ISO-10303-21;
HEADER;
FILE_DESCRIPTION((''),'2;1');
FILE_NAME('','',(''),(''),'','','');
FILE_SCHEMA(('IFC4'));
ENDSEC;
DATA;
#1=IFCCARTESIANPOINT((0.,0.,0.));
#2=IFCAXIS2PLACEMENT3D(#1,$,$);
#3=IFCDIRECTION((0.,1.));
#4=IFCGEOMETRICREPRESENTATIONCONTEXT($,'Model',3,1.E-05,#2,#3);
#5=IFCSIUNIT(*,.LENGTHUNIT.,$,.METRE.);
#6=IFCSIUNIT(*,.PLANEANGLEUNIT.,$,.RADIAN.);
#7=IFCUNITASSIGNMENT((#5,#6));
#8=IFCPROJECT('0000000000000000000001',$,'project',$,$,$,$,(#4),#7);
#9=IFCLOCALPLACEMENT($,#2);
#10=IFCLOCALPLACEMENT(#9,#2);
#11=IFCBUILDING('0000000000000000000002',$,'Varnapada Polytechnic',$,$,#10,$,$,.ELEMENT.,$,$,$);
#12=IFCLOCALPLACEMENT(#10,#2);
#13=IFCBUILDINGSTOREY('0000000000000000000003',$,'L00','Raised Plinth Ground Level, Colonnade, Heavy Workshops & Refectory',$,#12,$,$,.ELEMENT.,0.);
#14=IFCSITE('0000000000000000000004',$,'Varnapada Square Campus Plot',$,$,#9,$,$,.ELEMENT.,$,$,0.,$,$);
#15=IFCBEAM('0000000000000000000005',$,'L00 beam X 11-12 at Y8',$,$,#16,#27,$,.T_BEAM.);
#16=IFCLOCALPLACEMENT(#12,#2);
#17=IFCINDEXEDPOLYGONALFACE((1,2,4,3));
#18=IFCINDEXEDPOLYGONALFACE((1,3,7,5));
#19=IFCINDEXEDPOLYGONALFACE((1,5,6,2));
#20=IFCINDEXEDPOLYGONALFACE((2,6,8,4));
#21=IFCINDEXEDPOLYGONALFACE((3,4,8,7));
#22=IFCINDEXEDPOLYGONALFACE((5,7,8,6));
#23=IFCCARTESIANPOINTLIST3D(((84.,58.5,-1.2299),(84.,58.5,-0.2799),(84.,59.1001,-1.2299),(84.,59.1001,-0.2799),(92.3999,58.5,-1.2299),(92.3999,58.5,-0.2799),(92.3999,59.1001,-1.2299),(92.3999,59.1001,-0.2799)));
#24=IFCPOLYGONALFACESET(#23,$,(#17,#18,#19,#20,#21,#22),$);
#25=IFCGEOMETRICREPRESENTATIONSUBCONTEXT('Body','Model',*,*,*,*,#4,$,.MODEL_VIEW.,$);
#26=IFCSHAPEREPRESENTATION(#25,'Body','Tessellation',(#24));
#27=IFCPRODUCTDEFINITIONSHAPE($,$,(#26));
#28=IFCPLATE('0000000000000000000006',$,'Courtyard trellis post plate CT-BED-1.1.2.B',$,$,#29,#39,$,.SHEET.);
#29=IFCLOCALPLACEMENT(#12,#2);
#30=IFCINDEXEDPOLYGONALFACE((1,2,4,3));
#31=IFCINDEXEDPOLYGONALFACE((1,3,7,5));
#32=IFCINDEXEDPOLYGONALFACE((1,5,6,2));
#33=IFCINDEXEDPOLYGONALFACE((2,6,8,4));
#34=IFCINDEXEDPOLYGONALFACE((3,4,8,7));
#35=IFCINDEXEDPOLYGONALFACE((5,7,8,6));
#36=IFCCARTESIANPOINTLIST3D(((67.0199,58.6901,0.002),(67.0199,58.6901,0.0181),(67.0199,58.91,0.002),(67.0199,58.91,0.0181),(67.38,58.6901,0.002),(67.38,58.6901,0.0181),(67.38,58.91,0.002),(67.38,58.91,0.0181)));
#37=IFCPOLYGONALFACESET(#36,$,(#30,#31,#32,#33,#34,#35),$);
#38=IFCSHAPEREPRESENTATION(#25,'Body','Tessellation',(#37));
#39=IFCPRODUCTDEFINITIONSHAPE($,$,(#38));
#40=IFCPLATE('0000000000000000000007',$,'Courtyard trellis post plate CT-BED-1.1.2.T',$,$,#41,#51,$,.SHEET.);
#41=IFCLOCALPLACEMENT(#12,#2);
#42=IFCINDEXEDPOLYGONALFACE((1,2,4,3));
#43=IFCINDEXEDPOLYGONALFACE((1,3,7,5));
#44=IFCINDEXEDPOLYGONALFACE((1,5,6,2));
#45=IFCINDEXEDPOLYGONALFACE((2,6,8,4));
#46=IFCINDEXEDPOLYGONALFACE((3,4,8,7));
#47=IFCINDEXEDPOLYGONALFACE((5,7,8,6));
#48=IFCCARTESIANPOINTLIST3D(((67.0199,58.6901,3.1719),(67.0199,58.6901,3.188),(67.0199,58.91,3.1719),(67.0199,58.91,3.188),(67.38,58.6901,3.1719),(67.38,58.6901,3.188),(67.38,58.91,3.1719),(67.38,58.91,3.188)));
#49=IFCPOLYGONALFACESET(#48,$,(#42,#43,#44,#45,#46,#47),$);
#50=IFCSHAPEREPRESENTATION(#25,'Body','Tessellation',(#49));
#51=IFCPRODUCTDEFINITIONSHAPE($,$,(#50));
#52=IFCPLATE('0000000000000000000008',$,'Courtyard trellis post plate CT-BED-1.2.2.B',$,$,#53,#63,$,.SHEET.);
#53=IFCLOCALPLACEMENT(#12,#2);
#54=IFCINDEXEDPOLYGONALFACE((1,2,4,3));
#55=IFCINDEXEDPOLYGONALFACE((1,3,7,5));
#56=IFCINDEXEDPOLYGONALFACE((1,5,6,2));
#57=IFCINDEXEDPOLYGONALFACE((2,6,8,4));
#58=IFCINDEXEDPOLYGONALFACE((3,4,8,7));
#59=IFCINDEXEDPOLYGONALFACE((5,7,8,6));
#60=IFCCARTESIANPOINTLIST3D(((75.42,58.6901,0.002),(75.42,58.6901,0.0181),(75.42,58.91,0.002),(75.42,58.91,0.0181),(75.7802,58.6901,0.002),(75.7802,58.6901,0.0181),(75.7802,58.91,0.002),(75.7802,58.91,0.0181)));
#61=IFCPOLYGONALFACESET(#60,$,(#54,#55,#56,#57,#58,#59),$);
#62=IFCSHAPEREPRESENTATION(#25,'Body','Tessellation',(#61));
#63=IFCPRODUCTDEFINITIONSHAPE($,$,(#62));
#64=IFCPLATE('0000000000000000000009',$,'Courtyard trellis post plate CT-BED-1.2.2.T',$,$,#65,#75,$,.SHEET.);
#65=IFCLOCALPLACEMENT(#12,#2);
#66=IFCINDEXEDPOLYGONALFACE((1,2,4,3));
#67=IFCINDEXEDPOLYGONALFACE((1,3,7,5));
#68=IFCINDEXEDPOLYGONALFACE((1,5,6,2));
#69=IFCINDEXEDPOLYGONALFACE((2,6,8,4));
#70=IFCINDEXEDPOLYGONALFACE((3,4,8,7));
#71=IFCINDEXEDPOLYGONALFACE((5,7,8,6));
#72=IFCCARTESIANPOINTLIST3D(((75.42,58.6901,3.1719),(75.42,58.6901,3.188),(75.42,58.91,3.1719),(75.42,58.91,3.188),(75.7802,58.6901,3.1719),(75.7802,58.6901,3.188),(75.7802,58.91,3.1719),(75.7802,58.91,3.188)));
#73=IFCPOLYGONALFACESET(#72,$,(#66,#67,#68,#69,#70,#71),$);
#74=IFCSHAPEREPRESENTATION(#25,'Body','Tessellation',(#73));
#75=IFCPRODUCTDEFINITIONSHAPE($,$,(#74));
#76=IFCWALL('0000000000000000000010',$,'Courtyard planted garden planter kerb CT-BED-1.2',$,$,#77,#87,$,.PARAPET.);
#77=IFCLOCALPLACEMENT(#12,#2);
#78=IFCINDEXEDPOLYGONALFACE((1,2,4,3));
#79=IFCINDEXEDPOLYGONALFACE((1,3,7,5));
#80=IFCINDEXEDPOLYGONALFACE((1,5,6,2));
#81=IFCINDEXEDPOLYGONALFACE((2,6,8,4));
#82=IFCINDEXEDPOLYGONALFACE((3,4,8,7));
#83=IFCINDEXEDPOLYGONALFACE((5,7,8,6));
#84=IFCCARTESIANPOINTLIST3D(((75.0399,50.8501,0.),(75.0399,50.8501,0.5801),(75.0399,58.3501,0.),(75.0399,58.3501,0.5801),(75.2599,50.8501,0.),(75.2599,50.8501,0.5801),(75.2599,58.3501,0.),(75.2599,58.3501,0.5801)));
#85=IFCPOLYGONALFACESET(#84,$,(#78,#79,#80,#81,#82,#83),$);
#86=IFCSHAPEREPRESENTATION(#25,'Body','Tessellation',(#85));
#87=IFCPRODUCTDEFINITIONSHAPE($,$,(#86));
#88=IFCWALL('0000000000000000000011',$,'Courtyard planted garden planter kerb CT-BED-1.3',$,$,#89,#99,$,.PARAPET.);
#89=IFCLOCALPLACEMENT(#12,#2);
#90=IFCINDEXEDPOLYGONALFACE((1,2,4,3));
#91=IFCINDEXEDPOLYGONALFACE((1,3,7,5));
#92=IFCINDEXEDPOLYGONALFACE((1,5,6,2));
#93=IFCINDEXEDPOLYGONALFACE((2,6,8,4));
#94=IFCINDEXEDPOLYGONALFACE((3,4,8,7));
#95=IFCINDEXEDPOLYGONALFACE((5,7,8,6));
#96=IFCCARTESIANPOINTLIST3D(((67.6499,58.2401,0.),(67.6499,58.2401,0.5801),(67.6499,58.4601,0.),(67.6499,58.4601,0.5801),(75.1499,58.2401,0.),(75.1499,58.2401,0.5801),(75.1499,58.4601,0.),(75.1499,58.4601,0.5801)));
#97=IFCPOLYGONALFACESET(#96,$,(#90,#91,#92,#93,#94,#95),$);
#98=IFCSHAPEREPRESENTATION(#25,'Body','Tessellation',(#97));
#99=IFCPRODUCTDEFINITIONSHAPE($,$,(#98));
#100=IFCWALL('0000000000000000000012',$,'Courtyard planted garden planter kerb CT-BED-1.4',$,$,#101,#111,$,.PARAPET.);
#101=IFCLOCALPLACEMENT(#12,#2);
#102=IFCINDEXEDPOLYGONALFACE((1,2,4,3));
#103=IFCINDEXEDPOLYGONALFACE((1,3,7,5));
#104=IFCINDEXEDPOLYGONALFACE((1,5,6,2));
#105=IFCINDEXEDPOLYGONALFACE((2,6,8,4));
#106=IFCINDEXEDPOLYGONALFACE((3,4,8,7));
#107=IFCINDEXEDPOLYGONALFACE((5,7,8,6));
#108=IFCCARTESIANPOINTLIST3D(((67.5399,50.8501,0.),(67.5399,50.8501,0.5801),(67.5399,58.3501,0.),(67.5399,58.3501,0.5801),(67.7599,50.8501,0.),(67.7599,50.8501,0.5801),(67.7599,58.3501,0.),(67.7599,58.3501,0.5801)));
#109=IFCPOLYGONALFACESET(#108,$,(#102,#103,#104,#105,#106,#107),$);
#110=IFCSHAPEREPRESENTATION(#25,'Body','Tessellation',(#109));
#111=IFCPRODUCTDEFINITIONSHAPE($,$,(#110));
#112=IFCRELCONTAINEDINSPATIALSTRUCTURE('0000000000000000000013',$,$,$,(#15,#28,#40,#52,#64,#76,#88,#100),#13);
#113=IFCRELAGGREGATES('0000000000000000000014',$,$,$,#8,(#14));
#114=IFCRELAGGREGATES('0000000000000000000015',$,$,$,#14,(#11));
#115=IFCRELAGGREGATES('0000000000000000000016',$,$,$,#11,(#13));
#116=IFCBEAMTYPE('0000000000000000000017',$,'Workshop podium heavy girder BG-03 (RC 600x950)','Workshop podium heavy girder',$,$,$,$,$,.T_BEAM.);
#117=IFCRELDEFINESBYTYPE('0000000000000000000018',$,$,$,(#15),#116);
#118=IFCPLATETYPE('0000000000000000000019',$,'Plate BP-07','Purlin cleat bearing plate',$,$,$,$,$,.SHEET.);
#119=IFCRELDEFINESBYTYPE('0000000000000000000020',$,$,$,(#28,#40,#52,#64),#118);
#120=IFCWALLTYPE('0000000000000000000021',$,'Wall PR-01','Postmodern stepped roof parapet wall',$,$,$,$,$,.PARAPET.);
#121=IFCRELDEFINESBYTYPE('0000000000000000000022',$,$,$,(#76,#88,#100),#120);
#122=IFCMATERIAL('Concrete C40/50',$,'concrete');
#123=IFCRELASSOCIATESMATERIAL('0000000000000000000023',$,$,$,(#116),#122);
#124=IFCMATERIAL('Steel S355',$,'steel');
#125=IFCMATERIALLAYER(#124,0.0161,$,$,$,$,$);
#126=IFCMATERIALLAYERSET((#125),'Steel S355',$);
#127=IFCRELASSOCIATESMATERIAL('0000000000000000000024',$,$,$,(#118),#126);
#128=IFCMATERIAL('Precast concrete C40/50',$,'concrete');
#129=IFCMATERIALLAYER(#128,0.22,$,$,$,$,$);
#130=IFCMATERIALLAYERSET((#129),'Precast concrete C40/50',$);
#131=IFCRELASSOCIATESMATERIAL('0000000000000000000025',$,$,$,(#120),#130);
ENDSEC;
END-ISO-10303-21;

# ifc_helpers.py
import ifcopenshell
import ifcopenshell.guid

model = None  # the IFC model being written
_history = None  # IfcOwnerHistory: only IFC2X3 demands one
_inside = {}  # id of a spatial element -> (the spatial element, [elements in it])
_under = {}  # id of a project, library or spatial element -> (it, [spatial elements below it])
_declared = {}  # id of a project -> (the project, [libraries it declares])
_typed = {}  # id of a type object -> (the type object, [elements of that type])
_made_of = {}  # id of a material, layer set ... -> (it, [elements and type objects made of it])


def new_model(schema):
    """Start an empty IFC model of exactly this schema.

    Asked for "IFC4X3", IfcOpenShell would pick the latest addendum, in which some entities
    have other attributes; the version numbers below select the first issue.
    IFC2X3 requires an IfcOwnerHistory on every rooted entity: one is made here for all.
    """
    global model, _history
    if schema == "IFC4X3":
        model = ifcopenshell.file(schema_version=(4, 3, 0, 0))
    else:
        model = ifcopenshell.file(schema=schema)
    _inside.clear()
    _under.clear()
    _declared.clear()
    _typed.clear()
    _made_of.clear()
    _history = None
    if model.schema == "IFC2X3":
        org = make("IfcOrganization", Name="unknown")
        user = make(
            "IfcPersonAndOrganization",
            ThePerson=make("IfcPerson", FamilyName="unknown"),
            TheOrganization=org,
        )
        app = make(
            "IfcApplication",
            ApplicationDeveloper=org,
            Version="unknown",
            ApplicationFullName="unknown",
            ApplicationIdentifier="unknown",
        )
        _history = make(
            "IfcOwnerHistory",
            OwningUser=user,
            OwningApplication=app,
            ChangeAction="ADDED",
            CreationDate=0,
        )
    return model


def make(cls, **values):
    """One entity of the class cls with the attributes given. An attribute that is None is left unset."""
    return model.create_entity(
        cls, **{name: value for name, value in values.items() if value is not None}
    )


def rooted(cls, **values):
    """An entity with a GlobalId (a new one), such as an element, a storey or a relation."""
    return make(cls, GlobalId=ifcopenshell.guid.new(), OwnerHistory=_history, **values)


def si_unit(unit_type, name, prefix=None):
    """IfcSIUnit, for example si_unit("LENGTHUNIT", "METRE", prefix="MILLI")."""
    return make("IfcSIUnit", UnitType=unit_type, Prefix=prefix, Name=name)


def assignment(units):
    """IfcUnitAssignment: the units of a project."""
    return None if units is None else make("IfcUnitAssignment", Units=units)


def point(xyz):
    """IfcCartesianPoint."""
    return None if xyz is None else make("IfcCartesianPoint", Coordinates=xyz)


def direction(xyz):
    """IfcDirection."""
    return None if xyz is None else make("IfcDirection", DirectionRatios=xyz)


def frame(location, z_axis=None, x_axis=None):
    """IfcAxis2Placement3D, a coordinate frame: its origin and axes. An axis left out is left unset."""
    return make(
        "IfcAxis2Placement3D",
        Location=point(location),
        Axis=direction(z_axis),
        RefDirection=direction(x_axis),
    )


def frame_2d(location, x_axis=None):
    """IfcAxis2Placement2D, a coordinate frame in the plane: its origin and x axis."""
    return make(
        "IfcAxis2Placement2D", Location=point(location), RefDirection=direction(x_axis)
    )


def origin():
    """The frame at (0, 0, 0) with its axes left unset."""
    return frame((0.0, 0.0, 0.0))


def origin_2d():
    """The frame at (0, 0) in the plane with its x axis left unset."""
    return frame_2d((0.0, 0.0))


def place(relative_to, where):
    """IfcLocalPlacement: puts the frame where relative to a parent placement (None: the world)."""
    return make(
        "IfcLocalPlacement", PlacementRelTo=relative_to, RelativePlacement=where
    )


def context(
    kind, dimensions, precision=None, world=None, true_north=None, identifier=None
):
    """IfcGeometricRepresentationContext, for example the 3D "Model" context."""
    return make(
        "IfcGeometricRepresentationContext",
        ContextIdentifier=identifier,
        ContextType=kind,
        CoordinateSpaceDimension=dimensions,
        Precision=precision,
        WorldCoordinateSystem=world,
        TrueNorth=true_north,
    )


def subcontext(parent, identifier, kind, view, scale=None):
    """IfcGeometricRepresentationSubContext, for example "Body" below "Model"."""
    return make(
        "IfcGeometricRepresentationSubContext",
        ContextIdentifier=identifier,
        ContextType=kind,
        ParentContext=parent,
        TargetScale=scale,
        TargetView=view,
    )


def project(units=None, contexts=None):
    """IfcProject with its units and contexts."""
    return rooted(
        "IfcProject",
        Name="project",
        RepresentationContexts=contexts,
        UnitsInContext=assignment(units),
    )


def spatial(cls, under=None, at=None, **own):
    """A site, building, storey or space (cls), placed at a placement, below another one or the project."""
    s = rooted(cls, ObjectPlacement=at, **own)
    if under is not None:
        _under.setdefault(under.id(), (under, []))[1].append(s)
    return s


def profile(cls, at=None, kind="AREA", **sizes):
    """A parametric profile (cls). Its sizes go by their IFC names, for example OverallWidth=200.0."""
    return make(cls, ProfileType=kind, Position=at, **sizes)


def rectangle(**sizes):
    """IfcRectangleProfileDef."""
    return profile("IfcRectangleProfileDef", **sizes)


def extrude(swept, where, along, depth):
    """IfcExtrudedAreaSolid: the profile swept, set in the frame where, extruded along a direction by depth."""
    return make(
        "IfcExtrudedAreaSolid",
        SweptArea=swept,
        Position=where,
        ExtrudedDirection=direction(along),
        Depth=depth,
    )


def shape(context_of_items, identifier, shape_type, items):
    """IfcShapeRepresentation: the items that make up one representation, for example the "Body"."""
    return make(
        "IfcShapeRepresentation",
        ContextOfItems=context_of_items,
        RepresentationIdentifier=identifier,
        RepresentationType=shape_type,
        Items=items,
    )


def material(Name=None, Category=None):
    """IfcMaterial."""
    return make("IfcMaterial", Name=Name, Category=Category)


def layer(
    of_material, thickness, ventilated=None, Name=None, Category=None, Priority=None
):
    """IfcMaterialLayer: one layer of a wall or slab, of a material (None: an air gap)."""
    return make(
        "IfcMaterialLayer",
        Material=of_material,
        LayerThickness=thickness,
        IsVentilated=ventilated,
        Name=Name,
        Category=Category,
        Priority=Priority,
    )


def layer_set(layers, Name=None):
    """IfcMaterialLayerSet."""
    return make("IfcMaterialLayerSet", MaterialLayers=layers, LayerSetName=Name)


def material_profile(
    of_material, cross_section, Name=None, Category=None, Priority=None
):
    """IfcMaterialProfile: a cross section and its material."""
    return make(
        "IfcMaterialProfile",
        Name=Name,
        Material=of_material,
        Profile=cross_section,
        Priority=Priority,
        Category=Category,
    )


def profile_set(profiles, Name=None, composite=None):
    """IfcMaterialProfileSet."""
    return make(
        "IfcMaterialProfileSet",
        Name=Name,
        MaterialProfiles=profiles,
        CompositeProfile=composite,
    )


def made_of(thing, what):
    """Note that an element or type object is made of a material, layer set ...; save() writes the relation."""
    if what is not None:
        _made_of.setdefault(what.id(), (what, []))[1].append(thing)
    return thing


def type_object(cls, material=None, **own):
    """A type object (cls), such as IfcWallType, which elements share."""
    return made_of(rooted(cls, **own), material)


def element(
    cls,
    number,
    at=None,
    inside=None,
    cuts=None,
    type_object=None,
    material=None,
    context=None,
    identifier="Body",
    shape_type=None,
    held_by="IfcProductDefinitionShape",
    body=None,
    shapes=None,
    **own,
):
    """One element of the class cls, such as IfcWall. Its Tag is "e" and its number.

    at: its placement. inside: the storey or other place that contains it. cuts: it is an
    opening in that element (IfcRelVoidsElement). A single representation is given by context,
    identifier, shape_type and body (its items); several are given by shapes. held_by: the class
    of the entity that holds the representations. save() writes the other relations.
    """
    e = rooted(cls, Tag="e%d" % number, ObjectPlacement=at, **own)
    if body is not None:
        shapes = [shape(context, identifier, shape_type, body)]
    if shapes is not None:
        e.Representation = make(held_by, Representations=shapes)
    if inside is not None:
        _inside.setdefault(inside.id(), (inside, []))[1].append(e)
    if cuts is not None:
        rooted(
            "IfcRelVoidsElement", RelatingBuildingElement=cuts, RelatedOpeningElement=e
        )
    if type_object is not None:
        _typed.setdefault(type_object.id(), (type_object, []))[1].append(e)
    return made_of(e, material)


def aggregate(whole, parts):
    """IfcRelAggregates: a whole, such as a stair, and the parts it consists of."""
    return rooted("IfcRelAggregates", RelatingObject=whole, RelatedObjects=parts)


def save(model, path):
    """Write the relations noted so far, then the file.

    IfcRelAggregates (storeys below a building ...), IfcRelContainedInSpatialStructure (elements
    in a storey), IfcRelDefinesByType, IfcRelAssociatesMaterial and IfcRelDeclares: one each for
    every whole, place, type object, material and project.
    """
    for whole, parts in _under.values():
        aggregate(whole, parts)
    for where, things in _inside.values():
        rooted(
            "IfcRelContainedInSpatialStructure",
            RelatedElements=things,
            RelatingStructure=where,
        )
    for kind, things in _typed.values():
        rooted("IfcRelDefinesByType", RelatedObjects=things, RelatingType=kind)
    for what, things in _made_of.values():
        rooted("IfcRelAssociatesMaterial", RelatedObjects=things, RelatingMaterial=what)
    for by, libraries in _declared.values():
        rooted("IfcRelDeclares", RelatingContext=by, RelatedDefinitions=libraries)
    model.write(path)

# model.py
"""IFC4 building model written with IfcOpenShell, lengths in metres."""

from ifc_helpers import new_model, si_unit, direction, frame, frame_2d, origin, origin_2d, place, context, subcontext, project, spatial, rectangle, extrude, material, layer, layer_set, material_profile, profile_set, type_object, element, save


model = new_model("IFC4")

# Units and contexts
model_context = context("Model", 3, precision=1e-05, world=origin(), true_north=direction((0.0, 1.0)))
body_context = subcontext(model_context, "Body", "Model", "MODEL_VIEW")
ifc_project = project(units=[si_unit("LENGTHUNIT", "METRE"), si_unit("PLANEANGLEUNIT", "RADIAN")], contexts=[model_context])

# Site, building, storey
site_placement = place(None, origin())
site = spatial("IfcSite", under=ifc_project, at=site_placement, Name="Varnapada Square Campus Plot", CompositionType="ELEMENT", RefElevation=0.0)
building_placement = place(site_placement, origin())
building = spatial("IfcBuilding", under=site, at=building_placement, Name="Varnapada Polytechnic", CompositionType="ELEMENT")
storey_placement = place(building_placement, origin())
storey = spatial("IfcBuildingStorey", under=building, at=storey_placement, Name="L00", Description="Raised Plinth Ground Level, Colonnade, Heavy Workshops & Refectory", CompositionType="ELEMENT", Elevation=0.0)

# Shared definitions
ifc_material_1 = material(Name="Concrete C40/50", Category="concrete")

# Shared definitions
ifc_material_2 = material(Name="Steel S355", Category="steel")

# Beam
ifc_material_profile_1 = material_profile(ifc_material_1, rectangle(XDim=0.6001, YDim=0.95, at=origin_2d()), Name="RC 600x950")
ifc_profile_set_1 = profile_set([ifc_material_profile_1], Name="Concrete C40/50")
beam_type_1 = type_object("IfcBeamType", Name="Workshop podium heavy girder BG-03 (RC 600x950)", Description="Workshop podium heavy girder", PredefinedType="T_BEAM", material=ifc_profile_set_1)
for number, where, z_axis, x_axis, name in (
    (1, (84.0, 58.8, -0.7549), (1.0, 0.0, 0.0), (0.0, 1.0, 0.0), "L00 beam X 11-12 at Y8"),
):
    element("IfcBeam", number, at=place(storey_placement, frame(where, z_axis=z_axis, x_axis=x_axis)), inside=storey, type_object=beam_type_1, Name=name, PredefinedType="T_BEAM", context=body_context, shape_type="SweptSolid", body=[
        extrude(rectangle(XDim=0.6001, YDim=0.95, at=origin_2d()), origin(), (0.0, 0.0, 1.0), 8.3999),
    ])

# Plates
ifc_layer_1 = layer(ifc_material_2, 0.0161)
ifc_layer_set_1 = layer_set([ifc_layer_1], Name="Steel S355")
plate_type = type_object("IfcPlateType", Name="Plate BP-07", Description="Purlin cleat bearing plate", PredefinedType="SHEET", material=ifc_layer_set_1)
for number, where, z_axis, x_axis, name in (
    (2, (67.2, 58.8, 0.002), (0.0, 0.0, 1.0), (1.0, 0.0, 0.0), "Courtyard trellis post plate CT-BED-1.1.2.B"),
    (3, (67.2, 58.8, 3.1719), (0.0, 0.0, 1.0), (1.0, 0.0, 0.0), "Courtyard trellis post plate CT-BED-1.1.2.T"),
    (4, (75.6001, 58.8, 0.002), (0.0, 0.0, 1.0), (1.0, 0.0, 0.0), "Courtyard trellis post plate CT-BED-1.2.2.B"),
    (5, (75.6001, 58.8, 3.1719), (0.0, 0.0, 1.0), (1.0, 0.0, 0.0), "Courtyard trellis post plate CT-BED-1.2.2.T"),
):
    element("IfcPlate", number, at=place(storey_placement, frame(where, z_axis=z_axis, x_axis=x_axis)), inside=storey, type_object=plate_type, Name=name, PredefinedType="SHEET", context=body_context, shape_type="SweptSolid", body=[
        extrude(rectangle(XDim=0.3601, YDim=0.22, at=origin_2d()), origin(), (0.0, 0.0, 1.0), 0.0161),
    ])

# Walls
ifc_material_3 = material(Name="Precast concrete C40/50", Category="concrete")
ifc_layer_2 = layer(ifc_material_3, 0.22)
ifc_layer_set_2 = layer_set([ifc_layer_2], Name="Precast concrete C40/50")
wall_type = type_object("IfcWallType", Name="Wall PR-01", Description="Postmodern stepped roof parapet wall", PredefinedType="PARAPET", material=ifc_layer_set_2)
for number, where, z_axis, x_axis, name in (
    (6, (75.1499, 50.8501, 0.0), (0.0, 0.0, 1.0), (0.0, 1.0, 0.0), "Courtyard planted garden planter kerb CT-BED-1.2"),
    (7, (75.1499, 58.3501, 0.0), (0.0, 0.0, 1.0), (-1.0, 0.0, 0.0), "Courtyard planted garden planter kerb CT-BED-1.3"),
    (8, (67.6499, 58.3501, 0.0), (0.0, 0.0, 1.0), (0.0, -1.0, 0.0), "Courtyard planted garden planter kerb CT-BED-1.4"),
):
    element("IfcWall", number, at=place(storey_placement, frame(where, z_axis=z_axis, x_axis=x_axis)), inside=storey, type_object=wall_type, Name=name, PredefinedType="PARAPET", context=body_context, shape_type="SweptSolid", body=[
        extrude(rectangle(XDim=7.5, YDim=0.22, at=frame_2d((3.75, 0.0))), origin(), (0.0, 0.0, 1.0), 0.5801),
    ])

save(model, "model.ifc")
